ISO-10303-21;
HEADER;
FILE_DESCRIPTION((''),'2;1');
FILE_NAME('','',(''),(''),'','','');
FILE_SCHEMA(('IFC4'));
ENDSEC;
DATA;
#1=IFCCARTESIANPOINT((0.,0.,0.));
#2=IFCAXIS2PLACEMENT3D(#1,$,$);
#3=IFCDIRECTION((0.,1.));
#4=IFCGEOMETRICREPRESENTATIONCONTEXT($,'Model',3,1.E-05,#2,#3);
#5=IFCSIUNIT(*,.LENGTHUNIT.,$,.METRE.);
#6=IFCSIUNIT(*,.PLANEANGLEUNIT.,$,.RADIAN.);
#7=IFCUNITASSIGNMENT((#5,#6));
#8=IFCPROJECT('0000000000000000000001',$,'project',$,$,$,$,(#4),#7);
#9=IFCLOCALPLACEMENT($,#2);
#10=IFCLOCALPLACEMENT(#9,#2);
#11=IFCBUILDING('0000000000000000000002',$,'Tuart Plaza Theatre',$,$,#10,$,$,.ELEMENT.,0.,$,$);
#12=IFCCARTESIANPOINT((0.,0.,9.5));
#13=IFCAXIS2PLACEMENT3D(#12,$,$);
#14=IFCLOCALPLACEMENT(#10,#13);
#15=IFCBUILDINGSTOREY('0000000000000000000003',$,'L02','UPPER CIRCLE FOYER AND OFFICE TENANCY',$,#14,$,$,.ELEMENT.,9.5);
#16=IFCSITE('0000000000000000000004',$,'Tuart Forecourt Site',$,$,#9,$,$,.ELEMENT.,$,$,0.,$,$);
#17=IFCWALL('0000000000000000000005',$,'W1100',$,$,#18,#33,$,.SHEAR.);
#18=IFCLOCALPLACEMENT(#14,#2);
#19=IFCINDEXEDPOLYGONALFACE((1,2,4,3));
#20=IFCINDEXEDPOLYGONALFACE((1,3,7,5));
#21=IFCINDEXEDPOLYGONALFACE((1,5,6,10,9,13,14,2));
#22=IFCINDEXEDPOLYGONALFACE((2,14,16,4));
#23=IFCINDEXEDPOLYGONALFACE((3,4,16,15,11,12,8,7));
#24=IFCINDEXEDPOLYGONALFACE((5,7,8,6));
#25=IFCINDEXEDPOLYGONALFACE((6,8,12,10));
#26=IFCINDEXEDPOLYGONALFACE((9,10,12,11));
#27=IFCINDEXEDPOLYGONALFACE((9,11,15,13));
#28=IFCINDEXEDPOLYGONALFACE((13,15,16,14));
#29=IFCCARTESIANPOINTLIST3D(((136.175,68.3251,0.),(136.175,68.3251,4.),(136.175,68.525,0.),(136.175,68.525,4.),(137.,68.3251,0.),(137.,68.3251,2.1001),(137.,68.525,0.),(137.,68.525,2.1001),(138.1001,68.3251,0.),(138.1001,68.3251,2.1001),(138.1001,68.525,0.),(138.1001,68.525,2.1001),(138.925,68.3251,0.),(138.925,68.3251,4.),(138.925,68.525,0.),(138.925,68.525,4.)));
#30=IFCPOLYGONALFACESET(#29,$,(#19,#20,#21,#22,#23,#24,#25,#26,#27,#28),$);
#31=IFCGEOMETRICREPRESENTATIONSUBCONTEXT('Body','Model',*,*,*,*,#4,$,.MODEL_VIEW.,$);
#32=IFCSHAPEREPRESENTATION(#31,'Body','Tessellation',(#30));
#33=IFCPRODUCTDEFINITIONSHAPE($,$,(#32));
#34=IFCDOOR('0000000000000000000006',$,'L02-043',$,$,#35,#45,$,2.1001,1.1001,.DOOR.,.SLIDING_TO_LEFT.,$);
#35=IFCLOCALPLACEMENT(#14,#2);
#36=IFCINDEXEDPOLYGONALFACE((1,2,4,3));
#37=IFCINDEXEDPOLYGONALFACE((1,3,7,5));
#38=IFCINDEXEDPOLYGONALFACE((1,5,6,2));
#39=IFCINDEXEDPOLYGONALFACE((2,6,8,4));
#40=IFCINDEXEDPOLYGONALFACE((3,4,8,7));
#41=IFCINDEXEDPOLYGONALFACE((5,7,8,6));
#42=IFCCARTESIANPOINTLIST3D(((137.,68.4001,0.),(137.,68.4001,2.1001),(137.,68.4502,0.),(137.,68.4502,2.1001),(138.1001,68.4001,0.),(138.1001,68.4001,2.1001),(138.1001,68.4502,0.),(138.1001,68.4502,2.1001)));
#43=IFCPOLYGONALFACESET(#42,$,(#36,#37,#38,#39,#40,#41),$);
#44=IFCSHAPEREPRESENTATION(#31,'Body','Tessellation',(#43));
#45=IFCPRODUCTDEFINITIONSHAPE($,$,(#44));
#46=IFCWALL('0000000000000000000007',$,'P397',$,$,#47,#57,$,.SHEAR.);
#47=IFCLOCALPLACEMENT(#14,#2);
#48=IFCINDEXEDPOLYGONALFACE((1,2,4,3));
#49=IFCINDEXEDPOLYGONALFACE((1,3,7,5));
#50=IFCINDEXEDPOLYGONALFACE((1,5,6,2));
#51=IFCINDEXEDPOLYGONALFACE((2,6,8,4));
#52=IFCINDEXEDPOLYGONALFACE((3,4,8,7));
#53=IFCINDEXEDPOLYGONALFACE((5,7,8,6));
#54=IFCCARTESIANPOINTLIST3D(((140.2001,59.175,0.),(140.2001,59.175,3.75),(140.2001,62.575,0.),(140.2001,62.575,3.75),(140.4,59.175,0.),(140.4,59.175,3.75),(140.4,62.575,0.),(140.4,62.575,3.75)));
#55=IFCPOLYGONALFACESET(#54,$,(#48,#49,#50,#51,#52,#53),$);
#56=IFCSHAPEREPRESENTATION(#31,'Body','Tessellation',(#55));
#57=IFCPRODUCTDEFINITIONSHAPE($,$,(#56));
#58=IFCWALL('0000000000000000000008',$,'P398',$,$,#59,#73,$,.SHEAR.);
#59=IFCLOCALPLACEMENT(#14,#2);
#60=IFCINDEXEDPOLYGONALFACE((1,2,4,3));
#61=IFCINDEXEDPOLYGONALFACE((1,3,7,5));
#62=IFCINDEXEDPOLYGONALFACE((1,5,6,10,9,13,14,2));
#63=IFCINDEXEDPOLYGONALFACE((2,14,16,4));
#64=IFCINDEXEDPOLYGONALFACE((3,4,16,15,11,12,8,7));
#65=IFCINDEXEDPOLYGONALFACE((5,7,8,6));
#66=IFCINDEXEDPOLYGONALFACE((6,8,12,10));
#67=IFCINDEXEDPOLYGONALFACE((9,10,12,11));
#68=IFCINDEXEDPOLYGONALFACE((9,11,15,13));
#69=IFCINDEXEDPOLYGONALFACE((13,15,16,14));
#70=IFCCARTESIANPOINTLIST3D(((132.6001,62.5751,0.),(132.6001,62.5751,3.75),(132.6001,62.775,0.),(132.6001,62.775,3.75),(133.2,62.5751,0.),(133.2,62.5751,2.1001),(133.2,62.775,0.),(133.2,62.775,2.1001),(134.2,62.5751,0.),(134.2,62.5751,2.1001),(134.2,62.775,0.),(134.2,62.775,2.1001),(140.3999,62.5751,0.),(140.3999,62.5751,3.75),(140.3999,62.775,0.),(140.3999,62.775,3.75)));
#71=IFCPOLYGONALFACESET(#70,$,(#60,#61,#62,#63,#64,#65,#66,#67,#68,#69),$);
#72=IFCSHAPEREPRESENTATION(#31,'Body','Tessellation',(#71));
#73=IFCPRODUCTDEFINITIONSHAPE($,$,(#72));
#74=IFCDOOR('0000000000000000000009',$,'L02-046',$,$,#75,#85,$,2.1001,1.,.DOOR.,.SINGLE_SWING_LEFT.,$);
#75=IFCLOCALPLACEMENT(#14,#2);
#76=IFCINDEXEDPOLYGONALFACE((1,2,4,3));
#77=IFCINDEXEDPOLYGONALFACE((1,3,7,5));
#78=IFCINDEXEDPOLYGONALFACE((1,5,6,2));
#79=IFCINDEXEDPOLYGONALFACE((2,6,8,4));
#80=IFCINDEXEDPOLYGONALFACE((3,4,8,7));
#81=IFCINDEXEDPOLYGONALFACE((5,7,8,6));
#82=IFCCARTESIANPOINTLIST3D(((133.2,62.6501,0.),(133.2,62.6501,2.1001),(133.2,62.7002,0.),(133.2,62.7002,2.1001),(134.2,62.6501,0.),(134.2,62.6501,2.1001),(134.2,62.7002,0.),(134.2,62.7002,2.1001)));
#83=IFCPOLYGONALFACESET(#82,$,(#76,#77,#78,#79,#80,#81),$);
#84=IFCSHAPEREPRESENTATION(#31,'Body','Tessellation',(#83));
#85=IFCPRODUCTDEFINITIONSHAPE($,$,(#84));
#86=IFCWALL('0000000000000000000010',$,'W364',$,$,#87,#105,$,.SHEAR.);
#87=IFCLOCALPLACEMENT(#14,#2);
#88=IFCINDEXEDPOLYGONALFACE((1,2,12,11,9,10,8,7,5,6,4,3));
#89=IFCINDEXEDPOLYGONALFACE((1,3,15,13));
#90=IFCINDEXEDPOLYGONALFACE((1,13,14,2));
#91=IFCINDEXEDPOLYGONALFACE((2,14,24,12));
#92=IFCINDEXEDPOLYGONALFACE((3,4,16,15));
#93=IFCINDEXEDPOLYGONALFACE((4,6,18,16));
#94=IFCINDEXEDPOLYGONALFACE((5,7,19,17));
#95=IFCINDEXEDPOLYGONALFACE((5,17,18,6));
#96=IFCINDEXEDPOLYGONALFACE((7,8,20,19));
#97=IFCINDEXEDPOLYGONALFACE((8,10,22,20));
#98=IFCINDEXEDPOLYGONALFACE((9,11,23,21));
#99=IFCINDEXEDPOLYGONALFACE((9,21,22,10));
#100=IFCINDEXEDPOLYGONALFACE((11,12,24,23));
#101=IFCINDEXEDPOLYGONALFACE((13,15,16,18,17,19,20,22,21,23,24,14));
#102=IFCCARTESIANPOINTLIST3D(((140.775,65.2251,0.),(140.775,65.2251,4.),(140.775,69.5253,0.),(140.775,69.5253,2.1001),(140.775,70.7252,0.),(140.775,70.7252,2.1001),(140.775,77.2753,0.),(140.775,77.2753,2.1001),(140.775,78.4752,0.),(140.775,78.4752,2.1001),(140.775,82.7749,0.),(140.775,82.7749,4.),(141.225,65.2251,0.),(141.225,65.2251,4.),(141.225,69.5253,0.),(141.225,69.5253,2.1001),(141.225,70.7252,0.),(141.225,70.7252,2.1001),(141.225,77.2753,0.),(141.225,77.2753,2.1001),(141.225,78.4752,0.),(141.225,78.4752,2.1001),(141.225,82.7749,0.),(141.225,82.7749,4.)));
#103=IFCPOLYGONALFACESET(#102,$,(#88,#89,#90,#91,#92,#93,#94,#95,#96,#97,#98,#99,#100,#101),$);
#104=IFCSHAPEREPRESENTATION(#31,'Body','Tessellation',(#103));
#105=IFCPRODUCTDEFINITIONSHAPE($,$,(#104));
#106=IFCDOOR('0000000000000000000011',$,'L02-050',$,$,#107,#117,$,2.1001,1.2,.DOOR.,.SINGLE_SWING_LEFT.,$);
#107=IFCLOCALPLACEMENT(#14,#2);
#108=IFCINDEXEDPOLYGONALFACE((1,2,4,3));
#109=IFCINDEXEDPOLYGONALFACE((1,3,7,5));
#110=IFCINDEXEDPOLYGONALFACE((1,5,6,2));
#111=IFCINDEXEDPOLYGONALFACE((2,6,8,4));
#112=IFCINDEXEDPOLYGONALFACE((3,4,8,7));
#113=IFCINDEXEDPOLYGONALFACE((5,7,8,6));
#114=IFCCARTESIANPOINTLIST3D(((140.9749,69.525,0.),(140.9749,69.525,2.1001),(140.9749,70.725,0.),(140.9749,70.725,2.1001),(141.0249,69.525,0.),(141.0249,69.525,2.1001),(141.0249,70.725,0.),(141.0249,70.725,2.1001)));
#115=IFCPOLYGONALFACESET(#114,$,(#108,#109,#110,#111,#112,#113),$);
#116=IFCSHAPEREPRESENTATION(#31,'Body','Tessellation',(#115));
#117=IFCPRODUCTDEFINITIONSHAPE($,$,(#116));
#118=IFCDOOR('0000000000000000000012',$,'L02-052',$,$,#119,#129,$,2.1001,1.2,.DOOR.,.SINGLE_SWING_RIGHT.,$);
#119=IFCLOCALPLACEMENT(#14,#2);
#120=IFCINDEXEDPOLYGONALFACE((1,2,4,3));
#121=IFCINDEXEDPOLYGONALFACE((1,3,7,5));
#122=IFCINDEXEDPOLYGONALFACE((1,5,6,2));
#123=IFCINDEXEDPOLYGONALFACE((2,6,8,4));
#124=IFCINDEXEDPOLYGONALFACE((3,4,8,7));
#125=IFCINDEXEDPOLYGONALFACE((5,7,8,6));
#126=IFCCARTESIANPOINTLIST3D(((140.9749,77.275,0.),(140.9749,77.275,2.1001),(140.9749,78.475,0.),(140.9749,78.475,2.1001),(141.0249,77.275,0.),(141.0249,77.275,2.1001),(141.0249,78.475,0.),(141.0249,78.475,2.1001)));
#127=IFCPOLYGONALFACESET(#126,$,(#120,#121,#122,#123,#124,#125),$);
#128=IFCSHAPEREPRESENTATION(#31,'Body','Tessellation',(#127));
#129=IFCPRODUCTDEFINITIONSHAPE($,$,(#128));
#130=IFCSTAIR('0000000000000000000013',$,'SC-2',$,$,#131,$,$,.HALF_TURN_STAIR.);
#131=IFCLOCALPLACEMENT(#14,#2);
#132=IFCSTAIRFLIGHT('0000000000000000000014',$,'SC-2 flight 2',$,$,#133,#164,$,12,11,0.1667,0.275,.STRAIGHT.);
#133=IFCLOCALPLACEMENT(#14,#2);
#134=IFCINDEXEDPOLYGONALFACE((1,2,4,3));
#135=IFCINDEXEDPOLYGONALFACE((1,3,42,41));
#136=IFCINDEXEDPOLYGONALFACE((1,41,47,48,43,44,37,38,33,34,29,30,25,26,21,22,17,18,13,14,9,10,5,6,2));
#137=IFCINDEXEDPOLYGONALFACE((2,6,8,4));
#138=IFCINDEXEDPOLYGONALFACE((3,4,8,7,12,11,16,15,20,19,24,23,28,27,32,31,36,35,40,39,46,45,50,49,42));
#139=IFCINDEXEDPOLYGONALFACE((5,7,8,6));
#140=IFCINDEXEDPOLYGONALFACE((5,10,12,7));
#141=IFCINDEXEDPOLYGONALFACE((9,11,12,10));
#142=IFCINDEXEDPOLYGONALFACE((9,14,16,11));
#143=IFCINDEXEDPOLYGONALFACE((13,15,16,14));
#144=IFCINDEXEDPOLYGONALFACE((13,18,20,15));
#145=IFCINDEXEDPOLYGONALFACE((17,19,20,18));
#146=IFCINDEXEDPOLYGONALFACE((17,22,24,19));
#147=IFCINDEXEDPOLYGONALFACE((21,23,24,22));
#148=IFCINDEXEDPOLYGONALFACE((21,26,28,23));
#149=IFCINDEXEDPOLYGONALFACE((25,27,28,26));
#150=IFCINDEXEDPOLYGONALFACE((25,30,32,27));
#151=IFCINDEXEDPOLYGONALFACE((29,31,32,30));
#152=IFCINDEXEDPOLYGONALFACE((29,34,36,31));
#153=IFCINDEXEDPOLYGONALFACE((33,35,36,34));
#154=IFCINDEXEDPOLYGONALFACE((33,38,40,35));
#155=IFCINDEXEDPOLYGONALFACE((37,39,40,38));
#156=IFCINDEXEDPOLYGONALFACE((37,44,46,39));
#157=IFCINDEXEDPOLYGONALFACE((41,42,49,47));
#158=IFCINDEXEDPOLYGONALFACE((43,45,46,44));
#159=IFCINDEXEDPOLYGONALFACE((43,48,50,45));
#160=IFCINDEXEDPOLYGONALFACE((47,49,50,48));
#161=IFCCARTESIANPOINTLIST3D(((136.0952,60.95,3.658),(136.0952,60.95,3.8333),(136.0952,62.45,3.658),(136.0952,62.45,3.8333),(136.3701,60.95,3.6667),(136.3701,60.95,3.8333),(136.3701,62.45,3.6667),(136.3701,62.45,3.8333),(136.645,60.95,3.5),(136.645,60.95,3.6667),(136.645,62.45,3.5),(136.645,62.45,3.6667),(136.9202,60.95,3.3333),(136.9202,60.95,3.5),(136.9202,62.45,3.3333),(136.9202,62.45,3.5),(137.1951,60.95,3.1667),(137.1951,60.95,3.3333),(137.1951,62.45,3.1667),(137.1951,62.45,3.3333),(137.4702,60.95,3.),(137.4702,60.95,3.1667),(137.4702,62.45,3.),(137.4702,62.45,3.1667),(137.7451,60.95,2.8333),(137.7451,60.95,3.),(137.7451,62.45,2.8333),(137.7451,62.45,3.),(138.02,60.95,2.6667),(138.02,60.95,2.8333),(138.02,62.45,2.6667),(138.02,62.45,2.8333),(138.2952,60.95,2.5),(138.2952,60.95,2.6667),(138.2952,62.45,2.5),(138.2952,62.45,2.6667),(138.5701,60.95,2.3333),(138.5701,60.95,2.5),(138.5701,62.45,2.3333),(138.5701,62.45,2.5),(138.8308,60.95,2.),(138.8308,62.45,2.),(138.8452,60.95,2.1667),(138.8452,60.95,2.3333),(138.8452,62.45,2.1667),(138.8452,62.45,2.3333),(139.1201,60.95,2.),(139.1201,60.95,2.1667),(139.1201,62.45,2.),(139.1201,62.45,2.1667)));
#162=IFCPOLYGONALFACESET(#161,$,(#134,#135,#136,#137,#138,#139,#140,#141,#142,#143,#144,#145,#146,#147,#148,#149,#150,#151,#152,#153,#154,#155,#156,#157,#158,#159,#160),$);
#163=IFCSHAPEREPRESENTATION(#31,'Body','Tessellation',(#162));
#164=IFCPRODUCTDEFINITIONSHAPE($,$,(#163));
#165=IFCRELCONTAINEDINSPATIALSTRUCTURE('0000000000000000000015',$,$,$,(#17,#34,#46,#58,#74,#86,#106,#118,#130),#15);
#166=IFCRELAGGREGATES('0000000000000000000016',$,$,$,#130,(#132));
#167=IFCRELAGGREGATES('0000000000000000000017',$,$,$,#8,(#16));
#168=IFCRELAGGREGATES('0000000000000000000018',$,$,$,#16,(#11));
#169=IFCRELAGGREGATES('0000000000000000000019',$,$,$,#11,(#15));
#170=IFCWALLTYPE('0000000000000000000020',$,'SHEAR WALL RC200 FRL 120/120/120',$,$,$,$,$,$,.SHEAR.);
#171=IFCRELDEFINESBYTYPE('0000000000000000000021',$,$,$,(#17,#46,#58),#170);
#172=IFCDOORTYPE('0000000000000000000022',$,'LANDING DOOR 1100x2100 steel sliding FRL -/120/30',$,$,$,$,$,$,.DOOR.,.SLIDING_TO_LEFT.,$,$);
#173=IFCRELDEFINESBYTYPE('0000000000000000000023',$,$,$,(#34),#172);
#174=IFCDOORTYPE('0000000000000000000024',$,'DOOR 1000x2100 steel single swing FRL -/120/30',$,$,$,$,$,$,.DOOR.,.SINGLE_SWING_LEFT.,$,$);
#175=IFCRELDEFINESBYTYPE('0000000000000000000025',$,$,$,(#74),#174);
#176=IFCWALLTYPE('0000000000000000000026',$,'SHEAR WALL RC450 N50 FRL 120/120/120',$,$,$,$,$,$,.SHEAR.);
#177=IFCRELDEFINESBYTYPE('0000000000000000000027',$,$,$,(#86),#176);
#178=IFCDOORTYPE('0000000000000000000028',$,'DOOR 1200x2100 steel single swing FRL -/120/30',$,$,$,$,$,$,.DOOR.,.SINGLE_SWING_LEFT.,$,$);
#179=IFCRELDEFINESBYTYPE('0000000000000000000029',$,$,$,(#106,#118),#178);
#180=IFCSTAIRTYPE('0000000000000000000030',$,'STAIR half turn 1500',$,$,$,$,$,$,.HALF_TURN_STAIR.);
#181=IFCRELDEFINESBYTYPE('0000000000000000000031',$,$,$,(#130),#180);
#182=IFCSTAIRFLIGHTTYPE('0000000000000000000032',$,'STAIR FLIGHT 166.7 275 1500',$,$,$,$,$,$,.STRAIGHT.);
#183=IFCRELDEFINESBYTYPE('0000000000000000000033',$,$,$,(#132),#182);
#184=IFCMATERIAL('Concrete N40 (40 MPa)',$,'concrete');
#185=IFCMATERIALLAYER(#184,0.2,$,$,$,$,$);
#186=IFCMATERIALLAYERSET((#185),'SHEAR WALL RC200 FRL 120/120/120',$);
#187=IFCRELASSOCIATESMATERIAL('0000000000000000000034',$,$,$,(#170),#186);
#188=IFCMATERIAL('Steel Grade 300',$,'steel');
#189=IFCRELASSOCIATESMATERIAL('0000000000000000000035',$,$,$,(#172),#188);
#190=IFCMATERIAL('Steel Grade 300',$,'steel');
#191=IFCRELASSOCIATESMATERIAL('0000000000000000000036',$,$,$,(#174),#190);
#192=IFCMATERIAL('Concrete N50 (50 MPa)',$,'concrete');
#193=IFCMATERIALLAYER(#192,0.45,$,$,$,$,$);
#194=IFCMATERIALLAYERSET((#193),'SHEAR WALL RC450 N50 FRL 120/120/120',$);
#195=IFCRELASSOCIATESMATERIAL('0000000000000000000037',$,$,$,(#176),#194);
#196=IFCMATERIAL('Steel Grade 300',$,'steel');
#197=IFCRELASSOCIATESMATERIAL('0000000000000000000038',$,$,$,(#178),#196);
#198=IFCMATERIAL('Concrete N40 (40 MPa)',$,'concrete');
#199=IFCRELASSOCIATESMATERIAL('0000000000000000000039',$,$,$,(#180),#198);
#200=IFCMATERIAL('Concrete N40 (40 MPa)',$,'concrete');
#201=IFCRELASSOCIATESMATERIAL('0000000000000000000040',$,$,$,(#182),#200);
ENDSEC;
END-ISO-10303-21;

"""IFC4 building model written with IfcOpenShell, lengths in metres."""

from ifc_helpers import new_model, si_unit, direction, frame, frame_2d, origin, place, context, subcontext, project, spatial, polyline, rectangle, outline, extrude, material, layer, layer_set, type_object, element, fill, aggregate, save


model = new_model("IFC4")

# Units and contexts
model_context = context("Model", 3, precision=1e-05, world=origin(), true_north=direction((0.0, 1.0)))
body_context = subcontext(model_context, "Body", "Model", "MODEL_VIEW")
ifc_project = project(units=[si_unit("LENGTHUNIT", "METRE"), si_unit("PLANEANGLEUNIT", "RADIAN")], contexts=[model_context])

# Site, building, storey
site_placement = place(None, origin())
site = spatial("IfcSite", under=ifc_project, at=site_placement, Name="Tuart Forecourt Site", CompositionType="ELEMENT", RefElevation=0.0)
building_placement = place(site_placement, origin())
building = spatial("IfcBuilding", under=site, at=building_placement, Name="Tuart Plaza Theatre", CompositionType="ELEMENT", ElevationOfRefHeight=0.0)
storey_placement = place(building_placement, frame((0.0, 0.0, 9.5)))
storey = spatial("IfcBuildingStorey", under=building, at=storey_placement, Name="L02", Description="UPPER CIRCLE FOYER AND OFFICE TENANCY", CompositionType="ELEMENT", Elevation=9.5)

# Shared definitions
ifc_material_1 = material(Name="Concrete N40 (40 MPa)", Category="concrete")
ifc_layer_1 = layer(ifc_material_1, 0.2)
ifc_layer_set_1 = layer_set([ifc_layer_1], Name="SHEAR WALL RC200 FRL 120/120/120")
wall_type_1 = type_object("IfcWallType", Name="SHEAR WALL RC200 FRL 120/120/120", PredefinedType="SHEAR", material=ifc_layer_set_1)

# Wall, opening, door
wall_1_placement = place(storey_placement, frame((138.925, 68.425, 0.0), z_axis=(0.0, 0.0, 1.0), x_axis=(-1.0, 0.0, 0.0)))
wall_1 = element("IfcWall", 1, at=wall_1_placement, inside=storey, type_object=wall_type_1, Name="W1100", PredefinedType="SHEAR", context=body_context, shape_type="SweptSolid", body=[
    extrude(rectangle(XDim=2.75, YDim=0.2, at=frame_2d((1.375, 0.0))), origin(), (0.0, 0.0, 1.0), 4.0),
])
opening_1_placement = place(wall_1_placement, frame((0.825, 0.0, 0.0)))
opening_1 = element("IfcOpeningElement", 2, at=opening_1_placement, cuts=wall_1, PredefinedType="OPENING", context=body_context, shape_type="SweptSolid", body=[
    extrude(rectangle(XDim=1.1001, YDim=2.1001, at=frame_2d((0.55, 1.05))), frame((0.0, 0.1099, 0.0), z_axis=(0.0, -1.0, 0.0), x_axis=(1.0, 0.0, 0.0)), (0.0, 0.0, 1.0), 0.22),
])
ifc_material_2 = material(Name="Steel Grade 300", Category="steel")
door_type_1 = type_object("IfcDoorType", Name="LANDING DOOR 1100x2100 steel sliding FRL -/120/30", OperationType="SLIDING_TO_LEFT", PredefinedType="DOOR", material=ifc_material_2)
door_1_placement = place(opening_1_placement, origin())
door_1 = element("IfcDoor", 3, at=door_1_placement, inside=storey, type_object=door_type_1, Name="L02-043", OperationType="SLIDING_TO_LEFT", OverallHeight=2.1001, OverallWidth=1.1001, PredefinedType="DOOR", context=body_context, shape_type="SweptSolid", body=[
    extrude(rectangle(XDim=1.1001, YDim=2.1001, at=frame_2d((0.55, 1.05))), frame((0.0, 0.0249, 0.0), z_axis=(0.0, -1.0, 0.0), x_axis=(1.0, 0.0, 0.0)), (0.0, 0.0, 1.0), 0.05),
])
fill(opening_1, door_1)

# Wall
wall_2_placement = place(storey_placement, frame((140.3, 59.175, 0.0), z_axis=(0.0, 0.0, 1.0), x_axis=(0.0, 1.0, 0.0)))
element("IfcWall", 4, at=wall_2_placement, inside=storey, type_object=wall_type_1, Name="P397", PredefinedType="SHEAR", context=body_context, shape_type="SweptSolid", body=[
    extrude(rectangle(XDim=3.3999, YDim=0.2, at=frame_2d((1.7, 0.0))), origin(), (0.0, 0.0, 1.0), 3.75),
])

# Wall, opening, door
wall_3_placement = place(storey_placement, frame((140.3999, 62.675, 0.0), z_axis=(0.0, 0.0, 1.0), x_axis=(-1.0, 0.0, 0.0)))
wall_3 = element("IfcWall", 5, at=wall_3_placement, inside=storey, type_object=wall_type_1, Name="P398", PredefinedType="SHEAR", context=body_context, shape_type="SweptSolid", body=[
    extrude(rectangle(XDim=7.7998, YDim=0.2, at=frame_2d((3.8999, 0.0))), origin(), (0.0, 0.0, 1.0), 3.75),
])
opening_2_placement = place(wall_3_placement, frame((6.2, 0.0, 0.0)))
opening_2 = element("IfcOpeningElement", 6, at=opening_2_placement, cuts=wall_3, PredefinedType="OPENING", context=body_context, shape_type="SweptSolid", body=[
    extrude(rectangle(XDim=1.0, YDim=2.1001, at=frame_2d((0.5, 1.05))), frame((0.0, 0.1099, 0.0), z_axis=(0.0, -1.0, 0.0), x_axis=(1.0, 0.0, 0.0)), (0.0, 0.0, 1.0), 0.22),
])
ifc_material_3 = material(Name="Steel Grade 300", Category="steel")
door_type_2 = type_object("IfcDoorType", Name="DOOR 1000x2100 steel single swing FRL -/120/30", OperationType="SINGLE_SWING_LEFT", PredefinedType="DOOR", material=ifc_material_3)
door_2_placement = place(opening_2_placement, origin())
door_2 = element("IfcDoor", 7, at=door_2_placement, inside=storey, type_object=door_type_2, Name="L02-046", OperationType="SINGLE_SWING_LEFT", OverallHeight=2.1001, OverallWidth=1.0, PredefinedType="DOOR", context=body_context, shape_type="SweptSolid", body=[
    extrude(rectangle(XDim=1.0, YDim=2.1001, at=frame_2d((0.5, 1.05))), frame((0.0, 0.0249, 0.0), z_axis=(0.0, -1.0, 0.0), x_axis=(1.0, 0.0, 0.0)), (0.0, 0.0, 1.0), 0.05),
])
fill(opening_2, door_2)

# Wall, openings, doors
ifc_material_4 = material(Name="Concrete N50 (50 MPa)", Category="concrete")
ifc_layer_2 = layer(ifc_material_4, 0.45)
ifc_layer_set_2 = layer_set([ifc_layer_2], Name="SHEAR WALL RC450 N50 FRL 120/120/120")
wall_type_2 = type_object("IfcWallType", Name="SHEAR WALL RC450 N50 FRL 120/120/120", PredefinedType="SHEAR", material=ifc_layer_set_2)
wall_4_placement = place(storey_placement, frame((141.0, 65.2251, 0.0), z_axis=(0.0, 0.0, 1.0), x_axis=(0.0, 1.0, 0.0)))
wall_4 = element("IfcWall", 8, at=wall_4_placement, inside=storey, type_object=wall_type_2, Name="W364", PredefinedType="SHEAR", context=body_context, shape_type="SweptSolid", body=[
    extrude(rectangle(XDim=17.5498, YDim=0.45, at=frame_2d((8.7749, 0.0))), origin(), (0.0, 0.0, 1.0), 4.0),
])
opening_3_placement = place(wall_4_placement, frame((4.3, 0.0, 0.0)))
opening_3 = element("IfcOpeningElement", 9, at=opening_3_placement, cuts=wall_4, PredefinedType="OPENING", context=body_context, shape_type="SweptSolid", body=[
    extrude(rectangle(XDim=1.2, YDim=2.1001, at=frame_2d((0.6001, 1.05))), frame((0.0, 0.2349, 0.0), z_axis=(0.0, -1.0, 0.0), x_axis=(1.0, 0.0, 0.0)), (0.0, 0.0, 1.0), 0.47),
])
opening_4_placement = place(wall_4_placement, frame((12.05, 0.0, 0.0)))
opening_4 = element("IfcOpeningElement", 10, at=opening_4_placement, cuts=wall_4, PredefinedType="OPENING", context=body_context, shape_type="SweptSolid", body=[
    extrude(rectangle(XDim=1.2, YDim=2.1001, at=frame_2d((0.6001, 1.05))), frame((0.0, 0.2349, 0.0), z_axis=(0.0, -1.0, 0.0), x_axis=(1.0, 0.0, 0.0)), (0.0, 0.0, 1.0), 0.47),
])
ifc_material_5 = material(Name="Steel Grade 300", Category="steel")
door_type_3 = type_object("IfcDoorType", Name="DOOR 1200x2100 steel single swing FRL -/120/30", OperationType="SINGLE_SWING_LEFT", PredefinedType="DOOR", material=ifc_material_5)
door_3_placement = place(opening_3_placement, frame((1.2, 0.0, 0.0), z_axis=(0.0, 0.0, 1.0), x_axis=(-1.0, 0.0, 0.0)))
door_3 = element("IfcDoor", 11, at=door_3_placement, inside=storey, type_object=door_type_3, Name="L02-050", OperationType="SINGLE_SWING_LEFT", OverallHeight=2.1001, OverallWidth=1.2, PredefinedType="DOOR", context=body_context, shape_type="SweptSolid", body=[
    extrude(rectangle(XDim=1.2, YDim=2.1001, at=frame_2d((0.6001, 1.05))), frame((0.0, 0.0249, 0.0), z_axis=(0.0, -1.0, 0.0), x_axis=(1.0, 0.0, 0.0)), (0.0, 0.0, 1.0), 0.05),
])
fill(opening_3, door_3)
door_4_placement = place(opening_4_placement, frame((1.2, 0.0, 0.0), z_axis=(0.0, 0.0, 1.0), x_axis=(-1.0, 0.0, 0.0)))
door_4 = element("IfcDoor", 12, at=door_4_placement, inside=storey, type_object=door_type_3, Name="L02-052", OperationType="SINGLE_SWING_RIGHT", OverallHeight=2.1001, OverallWidth=1.2, PredefinedType="DOOR", context=body_context, shape_type="SweptSolid", body=[
    extrude(rectangle(XDim=1.2, YDim=2.1001, at=frame_2d((0.6001, 1.05))), frame((0.0, 0.0249, 0.0), z_axis=(0.0, -1.0, 0.0), x_axis=(1.0, 0.0, 0.0)), (0.0, 0.0, 1.0), 0.05),
])
fill(opening_4, door_4)

# Stair, stair flight
ifc_material_6 = material(Name="Concrete N40 (40 MPa)", Category="concrete")
stair_type = type_object("IfcStairType", Name="STAIR half turn 1500", PredefinedType="HALF_TURN_STAIR", material=ifc_material_6)
stair_placement = place(storey_placement, origin())
stair = element("IfcStair", 13, at=stair_placement, inside=storey, type_object=stair_type, Name="SC-2", PredefinedType="HALF_TURN_STAIR")
ifc_material_7 = material(Name="Concrete N40 (40 MPa)", Category="concrete")
stair_flight_type = type_object("IfcStairFlightType", Name="STAIR FLIGHT 166.7 275 1500", PredefinedType="STRAIGHT", material=ifc_material_7)
stair_flight_placement = place(storey_placement, frame((139.1201, 61.7, 2.0), z_axis=(0.0, 0.0, 1.0), x_axis=(-1.0, 0.0, 0.0)))
stair_flight = element("IfcStairFlight", 14, at=stair_flight_placement, type_object=stair_flight_type, Name="SC-2 flight 2", NumberOfRisers=12, NumberOfTreads=11, PredefinedType="STRAIGHT", RiserHeight=0.1667, TreadLength=0.275, context=body_context, shape_type="SweptSolid", body=[
    extrude(outline(polyline([(0.0, 0.0), (0.0, 0.1667), (0.2749, 0.1667), (0.2749, 0.3333), (0.55, 0.3333), (0.55, 0.5), (0.825, 0.5), (0.825, 0.6667), (1.1001, 0.6667), (1.1001, 0.8333), (1.375, 0.8333), (1.375, 1.0), (1.6499, 1.0), (1.6499, 1.1667), (1.925, 1.1667), (1.925, 1.3333), (2.2, 1.3333), (2.2, 1.5), (2.4751, 1.5), (2.4751, 1.6667), (2.75, 1.6667), (2.75, 1.8333), (3.0249, 1.8333), (3.0249, 2.0), (3.0249, 1.658), (0.2893, 0.0), (0.0, 0.0)])), frame((0.0, 0.75, 0.0), z_axis=(0.0, -1.0, 0.0), x_axis=(1.0, 0.0, 0.0)), (0.0, 0.0, 1.0), 1.5),
])
aggregate(stair, [stair_flight])

save(model, "model.ifc")
